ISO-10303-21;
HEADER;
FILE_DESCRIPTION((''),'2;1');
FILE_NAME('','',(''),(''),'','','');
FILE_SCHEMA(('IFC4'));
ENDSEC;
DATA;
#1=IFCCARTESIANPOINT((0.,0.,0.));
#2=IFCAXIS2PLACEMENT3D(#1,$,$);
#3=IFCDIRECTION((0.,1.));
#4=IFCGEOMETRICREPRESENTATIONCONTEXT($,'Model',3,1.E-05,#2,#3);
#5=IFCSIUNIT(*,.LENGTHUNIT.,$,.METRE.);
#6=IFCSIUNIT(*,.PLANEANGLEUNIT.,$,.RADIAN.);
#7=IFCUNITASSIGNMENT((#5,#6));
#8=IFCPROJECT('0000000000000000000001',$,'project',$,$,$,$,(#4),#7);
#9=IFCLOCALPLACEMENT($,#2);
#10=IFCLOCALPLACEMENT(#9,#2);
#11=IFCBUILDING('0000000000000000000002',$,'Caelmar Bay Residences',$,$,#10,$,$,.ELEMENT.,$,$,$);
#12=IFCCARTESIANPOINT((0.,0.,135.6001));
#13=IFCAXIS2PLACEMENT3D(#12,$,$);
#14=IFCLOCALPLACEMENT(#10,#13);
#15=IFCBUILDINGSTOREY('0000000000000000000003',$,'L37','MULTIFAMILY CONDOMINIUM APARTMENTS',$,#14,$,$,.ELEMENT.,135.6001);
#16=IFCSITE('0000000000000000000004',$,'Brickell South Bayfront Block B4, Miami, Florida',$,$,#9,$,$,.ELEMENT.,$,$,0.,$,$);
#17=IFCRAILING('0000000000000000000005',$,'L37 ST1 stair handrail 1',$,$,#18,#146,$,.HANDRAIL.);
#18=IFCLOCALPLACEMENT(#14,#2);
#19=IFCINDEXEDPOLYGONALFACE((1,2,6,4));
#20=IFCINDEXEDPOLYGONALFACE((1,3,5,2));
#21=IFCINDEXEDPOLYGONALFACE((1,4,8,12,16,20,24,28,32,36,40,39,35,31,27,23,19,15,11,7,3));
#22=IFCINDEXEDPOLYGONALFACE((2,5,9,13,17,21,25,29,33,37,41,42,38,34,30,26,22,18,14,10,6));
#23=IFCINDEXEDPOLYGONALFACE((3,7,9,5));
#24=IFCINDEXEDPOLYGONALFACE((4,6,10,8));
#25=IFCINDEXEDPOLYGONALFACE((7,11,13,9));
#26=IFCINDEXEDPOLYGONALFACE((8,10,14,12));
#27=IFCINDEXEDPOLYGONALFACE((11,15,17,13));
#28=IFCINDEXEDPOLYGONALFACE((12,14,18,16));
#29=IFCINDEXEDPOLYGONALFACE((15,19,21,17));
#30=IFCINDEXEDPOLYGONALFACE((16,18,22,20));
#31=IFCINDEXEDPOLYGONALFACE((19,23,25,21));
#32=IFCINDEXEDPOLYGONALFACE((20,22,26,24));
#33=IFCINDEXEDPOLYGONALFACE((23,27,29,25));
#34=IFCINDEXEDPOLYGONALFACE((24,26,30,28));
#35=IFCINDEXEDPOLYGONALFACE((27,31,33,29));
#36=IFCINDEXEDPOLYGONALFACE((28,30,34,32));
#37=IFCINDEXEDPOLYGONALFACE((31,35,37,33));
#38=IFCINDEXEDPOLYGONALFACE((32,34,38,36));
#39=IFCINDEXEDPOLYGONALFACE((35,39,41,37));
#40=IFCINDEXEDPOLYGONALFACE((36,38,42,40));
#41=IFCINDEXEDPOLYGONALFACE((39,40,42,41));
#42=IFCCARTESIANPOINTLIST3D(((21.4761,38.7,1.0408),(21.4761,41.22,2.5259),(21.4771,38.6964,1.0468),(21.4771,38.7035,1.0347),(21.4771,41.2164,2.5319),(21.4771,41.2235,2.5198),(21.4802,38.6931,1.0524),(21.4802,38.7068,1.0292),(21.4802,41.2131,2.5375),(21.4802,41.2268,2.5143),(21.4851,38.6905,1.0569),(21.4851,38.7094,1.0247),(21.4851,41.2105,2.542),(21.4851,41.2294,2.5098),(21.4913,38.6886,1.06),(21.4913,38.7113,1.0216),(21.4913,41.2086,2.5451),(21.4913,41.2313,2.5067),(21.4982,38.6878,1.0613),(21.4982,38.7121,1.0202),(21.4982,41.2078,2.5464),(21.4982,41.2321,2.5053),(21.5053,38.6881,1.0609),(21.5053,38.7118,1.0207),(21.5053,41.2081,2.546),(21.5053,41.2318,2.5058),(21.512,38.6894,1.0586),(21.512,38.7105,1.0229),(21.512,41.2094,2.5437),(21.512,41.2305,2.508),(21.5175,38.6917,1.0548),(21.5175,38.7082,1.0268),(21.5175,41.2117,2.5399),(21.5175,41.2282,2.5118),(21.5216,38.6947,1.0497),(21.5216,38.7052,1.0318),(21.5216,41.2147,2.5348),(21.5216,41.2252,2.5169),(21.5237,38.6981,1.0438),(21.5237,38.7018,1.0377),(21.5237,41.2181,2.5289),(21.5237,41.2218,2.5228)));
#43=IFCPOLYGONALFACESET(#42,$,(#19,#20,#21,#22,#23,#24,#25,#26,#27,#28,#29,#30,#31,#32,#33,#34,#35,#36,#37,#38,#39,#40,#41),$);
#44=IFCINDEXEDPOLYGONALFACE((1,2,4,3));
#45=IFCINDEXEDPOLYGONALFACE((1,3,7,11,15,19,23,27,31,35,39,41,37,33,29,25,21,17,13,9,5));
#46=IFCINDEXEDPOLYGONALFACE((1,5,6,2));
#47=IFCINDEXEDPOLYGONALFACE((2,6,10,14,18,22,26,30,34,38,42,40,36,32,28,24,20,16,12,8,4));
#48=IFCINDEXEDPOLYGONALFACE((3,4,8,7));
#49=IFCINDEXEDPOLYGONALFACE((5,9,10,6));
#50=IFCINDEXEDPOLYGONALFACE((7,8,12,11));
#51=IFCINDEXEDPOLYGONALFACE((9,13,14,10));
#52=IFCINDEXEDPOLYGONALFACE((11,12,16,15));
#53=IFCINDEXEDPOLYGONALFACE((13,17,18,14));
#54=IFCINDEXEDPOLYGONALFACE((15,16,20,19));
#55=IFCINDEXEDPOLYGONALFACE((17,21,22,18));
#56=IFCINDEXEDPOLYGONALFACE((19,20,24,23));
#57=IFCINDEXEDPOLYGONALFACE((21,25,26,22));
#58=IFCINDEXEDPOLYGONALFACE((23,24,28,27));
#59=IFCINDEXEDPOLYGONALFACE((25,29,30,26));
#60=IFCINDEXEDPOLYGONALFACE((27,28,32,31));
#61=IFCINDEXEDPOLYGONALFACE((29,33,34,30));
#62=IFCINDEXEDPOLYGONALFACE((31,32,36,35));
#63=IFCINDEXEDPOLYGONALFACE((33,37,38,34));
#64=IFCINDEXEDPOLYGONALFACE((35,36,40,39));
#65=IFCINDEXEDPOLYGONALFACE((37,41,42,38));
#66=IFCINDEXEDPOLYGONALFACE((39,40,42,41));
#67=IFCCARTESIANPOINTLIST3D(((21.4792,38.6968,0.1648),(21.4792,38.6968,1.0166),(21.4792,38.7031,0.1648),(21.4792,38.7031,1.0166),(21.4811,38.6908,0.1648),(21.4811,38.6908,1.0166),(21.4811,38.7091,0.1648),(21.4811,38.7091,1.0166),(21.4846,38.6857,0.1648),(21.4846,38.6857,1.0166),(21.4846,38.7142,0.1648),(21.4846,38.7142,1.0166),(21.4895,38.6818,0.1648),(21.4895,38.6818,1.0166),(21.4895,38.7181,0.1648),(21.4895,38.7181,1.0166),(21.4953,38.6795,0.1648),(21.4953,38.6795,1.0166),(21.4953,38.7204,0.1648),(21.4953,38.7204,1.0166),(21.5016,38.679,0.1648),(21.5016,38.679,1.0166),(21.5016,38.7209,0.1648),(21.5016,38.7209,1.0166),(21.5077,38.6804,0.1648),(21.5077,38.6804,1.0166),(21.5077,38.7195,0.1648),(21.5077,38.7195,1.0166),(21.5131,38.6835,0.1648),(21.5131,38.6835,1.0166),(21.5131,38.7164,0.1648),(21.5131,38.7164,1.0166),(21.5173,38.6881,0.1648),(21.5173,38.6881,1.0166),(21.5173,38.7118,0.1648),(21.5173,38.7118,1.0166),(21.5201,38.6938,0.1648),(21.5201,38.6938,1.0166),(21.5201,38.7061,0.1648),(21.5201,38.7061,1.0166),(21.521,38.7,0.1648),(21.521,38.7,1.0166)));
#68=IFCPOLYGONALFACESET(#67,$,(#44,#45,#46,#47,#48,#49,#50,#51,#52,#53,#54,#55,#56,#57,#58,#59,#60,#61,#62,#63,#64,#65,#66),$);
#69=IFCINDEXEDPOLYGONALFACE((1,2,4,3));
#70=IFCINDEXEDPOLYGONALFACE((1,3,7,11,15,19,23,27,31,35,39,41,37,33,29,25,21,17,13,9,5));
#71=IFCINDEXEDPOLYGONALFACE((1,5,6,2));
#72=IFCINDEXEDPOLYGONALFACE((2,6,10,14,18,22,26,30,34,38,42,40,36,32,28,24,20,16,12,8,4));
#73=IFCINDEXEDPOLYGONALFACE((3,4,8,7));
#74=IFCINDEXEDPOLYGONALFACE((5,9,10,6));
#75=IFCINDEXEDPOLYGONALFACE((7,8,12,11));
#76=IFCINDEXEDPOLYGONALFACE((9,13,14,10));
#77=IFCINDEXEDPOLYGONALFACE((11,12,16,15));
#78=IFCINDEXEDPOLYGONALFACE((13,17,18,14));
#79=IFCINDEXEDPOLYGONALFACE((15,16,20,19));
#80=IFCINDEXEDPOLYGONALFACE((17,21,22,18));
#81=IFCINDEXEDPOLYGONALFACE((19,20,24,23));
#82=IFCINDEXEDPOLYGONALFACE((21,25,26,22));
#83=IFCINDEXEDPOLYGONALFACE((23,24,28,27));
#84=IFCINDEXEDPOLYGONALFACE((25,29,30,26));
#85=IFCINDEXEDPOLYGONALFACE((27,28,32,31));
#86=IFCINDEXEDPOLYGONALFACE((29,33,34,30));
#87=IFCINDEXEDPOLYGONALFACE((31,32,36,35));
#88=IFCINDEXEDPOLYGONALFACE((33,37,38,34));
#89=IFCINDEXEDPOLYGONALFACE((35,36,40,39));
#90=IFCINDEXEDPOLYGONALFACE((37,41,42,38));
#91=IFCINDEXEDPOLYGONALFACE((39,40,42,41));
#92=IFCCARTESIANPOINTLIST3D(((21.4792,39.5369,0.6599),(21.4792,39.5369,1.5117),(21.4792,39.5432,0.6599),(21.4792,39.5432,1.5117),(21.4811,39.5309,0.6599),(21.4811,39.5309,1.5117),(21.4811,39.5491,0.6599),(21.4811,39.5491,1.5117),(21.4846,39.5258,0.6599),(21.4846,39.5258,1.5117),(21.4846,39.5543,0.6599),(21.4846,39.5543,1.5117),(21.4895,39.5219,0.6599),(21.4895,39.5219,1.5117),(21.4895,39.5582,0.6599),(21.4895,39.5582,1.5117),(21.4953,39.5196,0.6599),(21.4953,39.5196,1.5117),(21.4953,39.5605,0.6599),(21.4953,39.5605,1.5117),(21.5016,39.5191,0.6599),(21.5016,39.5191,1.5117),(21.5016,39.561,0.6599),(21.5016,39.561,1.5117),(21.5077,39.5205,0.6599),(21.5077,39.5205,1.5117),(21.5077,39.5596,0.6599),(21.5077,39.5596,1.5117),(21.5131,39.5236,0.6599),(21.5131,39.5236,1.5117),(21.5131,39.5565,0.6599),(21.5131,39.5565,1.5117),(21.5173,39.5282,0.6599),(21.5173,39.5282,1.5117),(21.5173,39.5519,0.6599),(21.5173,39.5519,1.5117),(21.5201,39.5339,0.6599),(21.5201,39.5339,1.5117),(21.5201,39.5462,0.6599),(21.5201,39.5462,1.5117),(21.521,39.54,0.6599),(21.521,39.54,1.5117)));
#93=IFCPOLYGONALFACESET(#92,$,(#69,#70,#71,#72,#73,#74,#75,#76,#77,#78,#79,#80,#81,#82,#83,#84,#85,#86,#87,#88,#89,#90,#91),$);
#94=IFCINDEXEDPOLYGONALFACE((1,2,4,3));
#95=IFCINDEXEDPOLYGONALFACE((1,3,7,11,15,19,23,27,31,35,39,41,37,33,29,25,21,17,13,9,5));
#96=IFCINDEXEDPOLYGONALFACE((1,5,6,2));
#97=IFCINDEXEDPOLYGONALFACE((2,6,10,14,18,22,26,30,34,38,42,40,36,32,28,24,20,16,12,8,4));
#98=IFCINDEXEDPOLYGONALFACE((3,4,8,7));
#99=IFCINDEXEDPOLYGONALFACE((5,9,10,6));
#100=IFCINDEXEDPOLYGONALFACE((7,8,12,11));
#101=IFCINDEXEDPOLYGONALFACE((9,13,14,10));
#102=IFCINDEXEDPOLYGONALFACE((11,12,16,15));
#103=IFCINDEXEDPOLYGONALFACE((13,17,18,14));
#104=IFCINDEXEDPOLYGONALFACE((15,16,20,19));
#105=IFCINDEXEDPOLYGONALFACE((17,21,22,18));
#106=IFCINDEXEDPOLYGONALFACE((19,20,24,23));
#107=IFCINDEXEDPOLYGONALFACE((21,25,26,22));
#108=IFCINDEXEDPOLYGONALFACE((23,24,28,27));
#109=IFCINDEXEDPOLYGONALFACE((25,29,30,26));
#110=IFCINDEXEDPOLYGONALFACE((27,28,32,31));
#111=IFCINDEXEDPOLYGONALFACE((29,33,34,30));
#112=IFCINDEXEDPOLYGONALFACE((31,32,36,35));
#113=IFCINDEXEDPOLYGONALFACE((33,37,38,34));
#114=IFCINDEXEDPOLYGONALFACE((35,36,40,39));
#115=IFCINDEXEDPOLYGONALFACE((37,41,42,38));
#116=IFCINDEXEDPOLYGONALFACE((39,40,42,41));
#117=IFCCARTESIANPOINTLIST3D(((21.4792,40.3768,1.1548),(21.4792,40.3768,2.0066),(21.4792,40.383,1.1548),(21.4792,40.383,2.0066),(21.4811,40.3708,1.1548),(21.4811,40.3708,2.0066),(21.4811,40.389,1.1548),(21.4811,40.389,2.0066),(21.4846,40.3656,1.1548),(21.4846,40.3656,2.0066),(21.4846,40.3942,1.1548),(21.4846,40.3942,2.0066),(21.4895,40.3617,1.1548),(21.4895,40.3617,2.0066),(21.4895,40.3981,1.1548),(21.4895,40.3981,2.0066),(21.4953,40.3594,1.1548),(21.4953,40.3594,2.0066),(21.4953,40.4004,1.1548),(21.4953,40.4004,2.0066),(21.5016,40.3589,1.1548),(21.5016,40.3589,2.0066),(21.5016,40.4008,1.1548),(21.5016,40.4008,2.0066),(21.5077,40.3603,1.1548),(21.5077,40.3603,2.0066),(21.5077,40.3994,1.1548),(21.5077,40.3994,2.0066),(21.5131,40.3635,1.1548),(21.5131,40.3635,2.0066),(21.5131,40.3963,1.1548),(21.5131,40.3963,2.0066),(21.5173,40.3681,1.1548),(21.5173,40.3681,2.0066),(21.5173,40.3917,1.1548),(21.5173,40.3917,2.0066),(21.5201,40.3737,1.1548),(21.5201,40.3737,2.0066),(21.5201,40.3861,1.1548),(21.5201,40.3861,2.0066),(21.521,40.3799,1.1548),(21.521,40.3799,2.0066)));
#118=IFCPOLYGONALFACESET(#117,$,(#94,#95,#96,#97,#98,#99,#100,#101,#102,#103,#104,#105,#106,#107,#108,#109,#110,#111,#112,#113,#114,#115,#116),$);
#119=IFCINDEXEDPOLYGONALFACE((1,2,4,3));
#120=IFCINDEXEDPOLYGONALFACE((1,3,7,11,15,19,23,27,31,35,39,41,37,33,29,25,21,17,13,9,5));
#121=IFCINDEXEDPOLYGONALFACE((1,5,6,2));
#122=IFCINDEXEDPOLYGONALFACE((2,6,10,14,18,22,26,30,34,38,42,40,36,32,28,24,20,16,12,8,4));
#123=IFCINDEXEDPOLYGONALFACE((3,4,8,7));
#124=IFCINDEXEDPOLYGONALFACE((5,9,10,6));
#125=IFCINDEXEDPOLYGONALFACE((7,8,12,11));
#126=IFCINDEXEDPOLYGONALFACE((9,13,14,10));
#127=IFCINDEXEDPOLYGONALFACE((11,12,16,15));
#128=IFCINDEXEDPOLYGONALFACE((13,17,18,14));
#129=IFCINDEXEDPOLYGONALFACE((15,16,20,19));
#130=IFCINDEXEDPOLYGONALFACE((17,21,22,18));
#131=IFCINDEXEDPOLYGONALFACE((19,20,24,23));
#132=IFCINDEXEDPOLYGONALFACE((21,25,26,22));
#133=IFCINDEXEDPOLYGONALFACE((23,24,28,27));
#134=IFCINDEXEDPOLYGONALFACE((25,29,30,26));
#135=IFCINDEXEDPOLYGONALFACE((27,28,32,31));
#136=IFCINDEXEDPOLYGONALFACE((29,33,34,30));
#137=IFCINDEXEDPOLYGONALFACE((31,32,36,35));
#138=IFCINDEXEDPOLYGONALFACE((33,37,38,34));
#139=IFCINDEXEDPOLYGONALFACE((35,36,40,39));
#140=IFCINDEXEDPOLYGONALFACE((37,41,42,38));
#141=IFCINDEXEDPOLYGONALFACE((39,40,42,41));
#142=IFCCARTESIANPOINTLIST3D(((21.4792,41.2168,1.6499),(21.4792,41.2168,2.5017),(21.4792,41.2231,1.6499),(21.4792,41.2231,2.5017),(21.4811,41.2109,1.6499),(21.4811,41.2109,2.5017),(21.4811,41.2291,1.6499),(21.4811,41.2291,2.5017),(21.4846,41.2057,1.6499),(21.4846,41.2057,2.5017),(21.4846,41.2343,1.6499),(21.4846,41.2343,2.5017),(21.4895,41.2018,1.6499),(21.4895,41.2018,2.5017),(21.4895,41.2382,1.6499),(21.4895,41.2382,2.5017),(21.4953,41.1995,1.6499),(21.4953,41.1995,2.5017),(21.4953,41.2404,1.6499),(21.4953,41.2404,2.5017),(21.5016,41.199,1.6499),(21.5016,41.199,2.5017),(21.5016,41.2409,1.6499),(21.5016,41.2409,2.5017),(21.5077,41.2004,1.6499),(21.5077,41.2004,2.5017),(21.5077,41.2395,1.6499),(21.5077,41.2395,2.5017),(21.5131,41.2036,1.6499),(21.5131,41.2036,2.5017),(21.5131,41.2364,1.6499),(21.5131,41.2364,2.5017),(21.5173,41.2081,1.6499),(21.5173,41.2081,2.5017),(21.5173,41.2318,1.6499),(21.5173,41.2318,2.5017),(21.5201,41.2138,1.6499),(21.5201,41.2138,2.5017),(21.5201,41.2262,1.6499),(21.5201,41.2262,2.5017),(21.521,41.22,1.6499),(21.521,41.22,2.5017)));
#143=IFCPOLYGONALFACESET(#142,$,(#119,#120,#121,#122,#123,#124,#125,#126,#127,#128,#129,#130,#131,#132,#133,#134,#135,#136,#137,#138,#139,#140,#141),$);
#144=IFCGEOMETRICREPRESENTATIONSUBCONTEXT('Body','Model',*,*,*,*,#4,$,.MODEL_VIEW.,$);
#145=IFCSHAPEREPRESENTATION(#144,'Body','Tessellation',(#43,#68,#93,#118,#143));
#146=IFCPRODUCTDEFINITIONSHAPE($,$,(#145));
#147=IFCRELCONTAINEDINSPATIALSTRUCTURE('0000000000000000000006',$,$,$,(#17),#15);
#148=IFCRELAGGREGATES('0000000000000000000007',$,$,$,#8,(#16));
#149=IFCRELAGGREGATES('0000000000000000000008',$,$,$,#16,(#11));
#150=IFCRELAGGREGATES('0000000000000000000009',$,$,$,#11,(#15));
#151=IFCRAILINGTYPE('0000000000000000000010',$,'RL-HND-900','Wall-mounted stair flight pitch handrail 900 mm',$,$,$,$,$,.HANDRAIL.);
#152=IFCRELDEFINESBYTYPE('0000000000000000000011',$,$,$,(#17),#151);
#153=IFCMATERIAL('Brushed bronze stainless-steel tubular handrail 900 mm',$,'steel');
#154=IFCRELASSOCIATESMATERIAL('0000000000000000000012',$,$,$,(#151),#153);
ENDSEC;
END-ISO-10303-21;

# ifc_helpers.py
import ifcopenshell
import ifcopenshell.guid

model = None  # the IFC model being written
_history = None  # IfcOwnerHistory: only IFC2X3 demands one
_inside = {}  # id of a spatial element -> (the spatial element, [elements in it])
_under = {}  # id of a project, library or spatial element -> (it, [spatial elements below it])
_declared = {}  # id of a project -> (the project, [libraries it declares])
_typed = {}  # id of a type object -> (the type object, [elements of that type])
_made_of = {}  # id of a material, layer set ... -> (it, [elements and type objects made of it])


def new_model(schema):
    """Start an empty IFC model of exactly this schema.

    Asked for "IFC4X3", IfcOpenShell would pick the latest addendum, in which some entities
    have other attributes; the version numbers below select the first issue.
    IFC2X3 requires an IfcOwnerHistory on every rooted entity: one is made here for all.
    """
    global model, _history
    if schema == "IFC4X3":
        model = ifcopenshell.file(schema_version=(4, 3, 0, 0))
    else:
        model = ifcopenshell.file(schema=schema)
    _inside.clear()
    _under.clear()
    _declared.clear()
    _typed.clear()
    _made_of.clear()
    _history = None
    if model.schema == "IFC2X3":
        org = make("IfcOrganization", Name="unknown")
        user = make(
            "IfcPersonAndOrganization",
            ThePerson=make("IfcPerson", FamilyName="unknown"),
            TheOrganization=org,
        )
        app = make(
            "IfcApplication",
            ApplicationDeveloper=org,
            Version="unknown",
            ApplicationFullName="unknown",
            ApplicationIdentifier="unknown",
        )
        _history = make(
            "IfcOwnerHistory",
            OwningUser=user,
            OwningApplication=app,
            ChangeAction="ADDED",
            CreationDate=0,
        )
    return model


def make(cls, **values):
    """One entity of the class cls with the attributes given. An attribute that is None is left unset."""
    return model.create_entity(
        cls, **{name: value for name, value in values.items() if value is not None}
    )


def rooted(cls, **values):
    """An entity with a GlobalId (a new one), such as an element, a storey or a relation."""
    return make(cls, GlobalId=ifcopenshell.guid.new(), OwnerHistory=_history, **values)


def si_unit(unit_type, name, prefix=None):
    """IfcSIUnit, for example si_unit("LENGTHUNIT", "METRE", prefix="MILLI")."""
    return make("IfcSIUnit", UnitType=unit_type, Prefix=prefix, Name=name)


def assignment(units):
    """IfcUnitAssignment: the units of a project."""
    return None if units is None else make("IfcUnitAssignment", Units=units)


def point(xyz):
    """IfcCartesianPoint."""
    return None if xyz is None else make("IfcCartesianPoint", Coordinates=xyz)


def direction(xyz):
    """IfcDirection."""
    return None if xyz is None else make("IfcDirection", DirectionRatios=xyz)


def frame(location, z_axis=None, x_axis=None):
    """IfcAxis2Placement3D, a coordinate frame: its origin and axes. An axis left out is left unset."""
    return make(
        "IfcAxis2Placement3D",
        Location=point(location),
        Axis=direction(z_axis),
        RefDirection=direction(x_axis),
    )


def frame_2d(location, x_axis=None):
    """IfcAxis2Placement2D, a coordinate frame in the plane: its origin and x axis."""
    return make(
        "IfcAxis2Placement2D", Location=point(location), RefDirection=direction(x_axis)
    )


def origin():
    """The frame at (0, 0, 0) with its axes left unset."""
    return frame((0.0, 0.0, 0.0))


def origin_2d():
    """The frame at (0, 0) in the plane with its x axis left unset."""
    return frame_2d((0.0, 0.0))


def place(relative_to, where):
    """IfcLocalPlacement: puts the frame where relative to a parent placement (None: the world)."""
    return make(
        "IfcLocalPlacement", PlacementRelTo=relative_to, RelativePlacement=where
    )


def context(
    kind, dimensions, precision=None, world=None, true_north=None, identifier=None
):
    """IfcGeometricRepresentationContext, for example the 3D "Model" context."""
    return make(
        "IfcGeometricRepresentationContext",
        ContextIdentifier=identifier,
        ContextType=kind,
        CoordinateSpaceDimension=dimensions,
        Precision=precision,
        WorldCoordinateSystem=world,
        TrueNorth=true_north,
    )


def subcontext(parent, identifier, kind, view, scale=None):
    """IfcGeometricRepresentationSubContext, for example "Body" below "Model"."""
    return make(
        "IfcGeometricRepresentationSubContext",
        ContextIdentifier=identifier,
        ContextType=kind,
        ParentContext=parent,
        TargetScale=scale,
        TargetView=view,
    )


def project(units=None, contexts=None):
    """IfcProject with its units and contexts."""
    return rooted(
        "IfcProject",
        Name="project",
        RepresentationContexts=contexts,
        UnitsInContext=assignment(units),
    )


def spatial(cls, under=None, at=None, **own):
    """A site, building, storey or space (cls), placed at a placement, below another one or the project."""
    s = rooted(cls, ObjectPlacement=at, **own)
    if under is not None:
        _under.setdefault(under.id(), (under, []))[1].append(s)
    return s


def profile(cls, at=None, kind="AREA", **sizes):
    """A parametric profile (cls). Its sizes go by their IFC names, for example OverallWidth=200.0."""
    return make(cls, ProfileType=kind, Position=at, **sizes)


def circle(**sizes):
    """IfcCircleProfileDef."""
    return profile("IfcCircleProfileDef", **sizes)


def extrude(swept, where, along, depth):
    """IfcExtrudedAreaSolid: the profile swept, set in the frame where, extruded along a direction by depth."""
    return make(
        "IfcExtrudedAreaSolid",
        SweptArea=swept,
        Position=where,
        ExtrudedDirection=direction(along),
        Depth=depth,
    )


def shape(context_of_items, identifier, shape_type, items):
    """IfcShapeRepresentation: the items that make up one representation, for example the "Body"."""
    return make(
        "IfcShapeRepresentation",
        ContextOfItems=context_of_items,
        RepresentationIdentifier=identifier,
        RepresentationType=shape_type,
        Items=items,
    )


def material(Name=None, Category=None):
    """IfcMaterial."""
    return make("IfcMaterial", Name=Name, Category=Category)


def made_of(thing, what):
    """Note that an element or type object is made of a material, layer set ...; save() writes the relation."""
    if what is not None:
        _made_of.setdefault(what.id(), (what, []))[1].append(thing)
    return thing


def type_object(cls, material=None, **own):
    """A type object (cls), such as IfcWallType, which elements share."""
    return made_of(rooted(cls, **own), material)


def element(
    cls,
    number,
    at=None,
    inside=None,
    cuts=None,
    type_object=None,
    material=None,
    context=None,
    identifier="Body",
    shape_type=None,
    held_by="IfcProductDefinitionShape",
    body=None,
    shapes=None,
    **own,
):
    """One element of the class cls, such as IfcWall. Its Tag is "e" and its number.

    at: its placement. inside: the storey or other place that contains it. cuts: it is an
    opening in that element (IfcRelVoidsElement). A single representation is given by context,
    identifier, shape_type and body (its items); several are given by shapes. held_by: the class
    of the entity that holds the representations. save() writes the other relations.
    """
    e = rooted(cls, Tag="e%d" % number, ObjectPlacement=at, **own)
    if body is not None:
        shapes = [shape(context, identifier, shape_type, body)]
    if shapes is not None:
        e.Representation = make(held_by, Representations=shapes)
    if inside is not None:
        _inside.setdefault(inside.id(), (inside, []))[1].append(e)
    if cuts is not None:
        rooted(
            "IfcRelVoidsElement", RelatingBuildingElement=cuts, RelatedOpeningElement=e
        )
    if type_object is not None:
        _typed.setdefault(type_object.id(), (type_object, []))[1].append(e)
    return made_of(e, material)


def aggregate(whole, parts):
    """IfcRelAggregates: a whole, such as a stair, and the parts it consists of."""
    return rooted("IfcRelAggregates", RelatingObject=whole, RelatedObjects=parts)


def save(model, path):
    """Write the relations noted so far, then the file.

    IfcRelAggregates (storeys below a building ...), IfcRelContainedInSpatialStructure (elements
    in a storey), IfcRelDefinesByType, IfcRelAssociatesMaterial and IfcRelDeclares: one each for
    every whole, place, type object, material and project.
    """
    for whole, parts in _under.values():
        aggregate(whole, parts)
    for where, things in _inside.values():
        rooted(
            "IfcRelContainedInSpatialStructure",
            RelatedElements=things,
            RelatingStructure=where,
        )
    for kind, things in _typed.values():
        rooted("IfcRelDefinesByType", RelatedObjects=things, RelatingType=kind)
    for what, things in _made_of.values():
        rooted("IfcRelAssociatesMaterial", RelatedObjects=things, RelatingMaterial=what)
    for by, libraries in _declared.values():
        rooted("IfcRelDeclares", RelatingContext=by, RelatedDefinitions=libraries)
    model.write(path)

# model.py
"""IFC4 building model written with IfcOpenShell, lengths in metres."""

from ifc_helpers import new_model, si_unit, direction, frame, origin, origin_2d, place, context, subcontext, project, spatial, circle, extrude, material, type_object, element, save


model = new_model("IFC4")

# Units and contexts
model_context = context("Model", 3, precision=1e-05, world=origin(), true_north=direction((0.0, 1.0)))
body_context = subcontext(model_context, "Body", "Model", "MODEL_VIEW")
ifc_project = project(units=[si_unit("LENGTHUNIT", "METRE"), si_unit("PLANEANGLEUNIT", "RADIAN")], contexts=[model_context])

# Site, building, storey
site_placement = place(None, origin())
site = spatial("IfcSite", under=ifc_project, at=site_placement, Name="Brickell South Bayfront Block B4, Miami, Florida", CompositionType="ELEMENT", RefElevation=0.0)
building_placement = place(site_placement, origin())
building = spatial("IfcBuilding", under=site, at=building_placement, Name="Caelmar Bay Residences", CompositionType="ELEMENT")
storey_placement = place(building_placement, frame((0.0, 0.0, 135.6001)))
storey = spatial("IfcBuildingStorey", under=building, at=storey_placement, Name="L37", Description="MULTIFAMILY CONDOMINIUM APARTMENTS", CompositionType="ELEMENT", Elevation=135.6001)

# Railing
ifc_material_1 = material(Name="Brushed bronze stainless-steel tubular handrail 900 mm", Category="steel")
railing_type_1 = type_object("IfcRailingType", Name="RL-HND-900", Description="Wall-mounted stair flight pitch handrail 900 mm", PredefinedType="HANDRAIL", material=ifc_material_1)
railing_1_placement = place(storey_placement, frame((21.5, 38.7, 0.1648)))
element("IfcRailing", 1, at=railing_1_placement, inside=storey, type_object=railing_type_1, Name="L37 ST1 stair handrail 1", PredefinedType="HANDRAIL", context=body_context, shape_type="SweptSolid", body=[
    extrude(circle(Radius=0.0239, at=origin_2d()), frame((0.0, 0.0, 0.876), z_axis=(0.0, 0.861524, 0.507717), x_axis=(-1.0, 0.0, 0.0)), (0.0, 0.0, 1.0), 2.925),
    extrude(circle(Radius=0.021, at=origin_2d()), origin(), (0.0, 0.0, 1.0), 0.8518),
    extrude(circle(Radius=0.021, at=origin_2d()), frame((0.0, 0.8401, 0.4951)), (0.0, 0.0, 1.0), 0.8518),
    extrude(circle(Radius=0.021, at=origin_2d()), frame((0.0, 1.6799, 0.99)), (0.0, 0.0, 1.0), 0.8518),
    extrude(circle(Radius=0.021, at=origin_2d()), frame((0.0, 2.52, 1.4851)), (0.0, 0.0, 1.0), 0.8518),
])

save(model, "model.ifc")
